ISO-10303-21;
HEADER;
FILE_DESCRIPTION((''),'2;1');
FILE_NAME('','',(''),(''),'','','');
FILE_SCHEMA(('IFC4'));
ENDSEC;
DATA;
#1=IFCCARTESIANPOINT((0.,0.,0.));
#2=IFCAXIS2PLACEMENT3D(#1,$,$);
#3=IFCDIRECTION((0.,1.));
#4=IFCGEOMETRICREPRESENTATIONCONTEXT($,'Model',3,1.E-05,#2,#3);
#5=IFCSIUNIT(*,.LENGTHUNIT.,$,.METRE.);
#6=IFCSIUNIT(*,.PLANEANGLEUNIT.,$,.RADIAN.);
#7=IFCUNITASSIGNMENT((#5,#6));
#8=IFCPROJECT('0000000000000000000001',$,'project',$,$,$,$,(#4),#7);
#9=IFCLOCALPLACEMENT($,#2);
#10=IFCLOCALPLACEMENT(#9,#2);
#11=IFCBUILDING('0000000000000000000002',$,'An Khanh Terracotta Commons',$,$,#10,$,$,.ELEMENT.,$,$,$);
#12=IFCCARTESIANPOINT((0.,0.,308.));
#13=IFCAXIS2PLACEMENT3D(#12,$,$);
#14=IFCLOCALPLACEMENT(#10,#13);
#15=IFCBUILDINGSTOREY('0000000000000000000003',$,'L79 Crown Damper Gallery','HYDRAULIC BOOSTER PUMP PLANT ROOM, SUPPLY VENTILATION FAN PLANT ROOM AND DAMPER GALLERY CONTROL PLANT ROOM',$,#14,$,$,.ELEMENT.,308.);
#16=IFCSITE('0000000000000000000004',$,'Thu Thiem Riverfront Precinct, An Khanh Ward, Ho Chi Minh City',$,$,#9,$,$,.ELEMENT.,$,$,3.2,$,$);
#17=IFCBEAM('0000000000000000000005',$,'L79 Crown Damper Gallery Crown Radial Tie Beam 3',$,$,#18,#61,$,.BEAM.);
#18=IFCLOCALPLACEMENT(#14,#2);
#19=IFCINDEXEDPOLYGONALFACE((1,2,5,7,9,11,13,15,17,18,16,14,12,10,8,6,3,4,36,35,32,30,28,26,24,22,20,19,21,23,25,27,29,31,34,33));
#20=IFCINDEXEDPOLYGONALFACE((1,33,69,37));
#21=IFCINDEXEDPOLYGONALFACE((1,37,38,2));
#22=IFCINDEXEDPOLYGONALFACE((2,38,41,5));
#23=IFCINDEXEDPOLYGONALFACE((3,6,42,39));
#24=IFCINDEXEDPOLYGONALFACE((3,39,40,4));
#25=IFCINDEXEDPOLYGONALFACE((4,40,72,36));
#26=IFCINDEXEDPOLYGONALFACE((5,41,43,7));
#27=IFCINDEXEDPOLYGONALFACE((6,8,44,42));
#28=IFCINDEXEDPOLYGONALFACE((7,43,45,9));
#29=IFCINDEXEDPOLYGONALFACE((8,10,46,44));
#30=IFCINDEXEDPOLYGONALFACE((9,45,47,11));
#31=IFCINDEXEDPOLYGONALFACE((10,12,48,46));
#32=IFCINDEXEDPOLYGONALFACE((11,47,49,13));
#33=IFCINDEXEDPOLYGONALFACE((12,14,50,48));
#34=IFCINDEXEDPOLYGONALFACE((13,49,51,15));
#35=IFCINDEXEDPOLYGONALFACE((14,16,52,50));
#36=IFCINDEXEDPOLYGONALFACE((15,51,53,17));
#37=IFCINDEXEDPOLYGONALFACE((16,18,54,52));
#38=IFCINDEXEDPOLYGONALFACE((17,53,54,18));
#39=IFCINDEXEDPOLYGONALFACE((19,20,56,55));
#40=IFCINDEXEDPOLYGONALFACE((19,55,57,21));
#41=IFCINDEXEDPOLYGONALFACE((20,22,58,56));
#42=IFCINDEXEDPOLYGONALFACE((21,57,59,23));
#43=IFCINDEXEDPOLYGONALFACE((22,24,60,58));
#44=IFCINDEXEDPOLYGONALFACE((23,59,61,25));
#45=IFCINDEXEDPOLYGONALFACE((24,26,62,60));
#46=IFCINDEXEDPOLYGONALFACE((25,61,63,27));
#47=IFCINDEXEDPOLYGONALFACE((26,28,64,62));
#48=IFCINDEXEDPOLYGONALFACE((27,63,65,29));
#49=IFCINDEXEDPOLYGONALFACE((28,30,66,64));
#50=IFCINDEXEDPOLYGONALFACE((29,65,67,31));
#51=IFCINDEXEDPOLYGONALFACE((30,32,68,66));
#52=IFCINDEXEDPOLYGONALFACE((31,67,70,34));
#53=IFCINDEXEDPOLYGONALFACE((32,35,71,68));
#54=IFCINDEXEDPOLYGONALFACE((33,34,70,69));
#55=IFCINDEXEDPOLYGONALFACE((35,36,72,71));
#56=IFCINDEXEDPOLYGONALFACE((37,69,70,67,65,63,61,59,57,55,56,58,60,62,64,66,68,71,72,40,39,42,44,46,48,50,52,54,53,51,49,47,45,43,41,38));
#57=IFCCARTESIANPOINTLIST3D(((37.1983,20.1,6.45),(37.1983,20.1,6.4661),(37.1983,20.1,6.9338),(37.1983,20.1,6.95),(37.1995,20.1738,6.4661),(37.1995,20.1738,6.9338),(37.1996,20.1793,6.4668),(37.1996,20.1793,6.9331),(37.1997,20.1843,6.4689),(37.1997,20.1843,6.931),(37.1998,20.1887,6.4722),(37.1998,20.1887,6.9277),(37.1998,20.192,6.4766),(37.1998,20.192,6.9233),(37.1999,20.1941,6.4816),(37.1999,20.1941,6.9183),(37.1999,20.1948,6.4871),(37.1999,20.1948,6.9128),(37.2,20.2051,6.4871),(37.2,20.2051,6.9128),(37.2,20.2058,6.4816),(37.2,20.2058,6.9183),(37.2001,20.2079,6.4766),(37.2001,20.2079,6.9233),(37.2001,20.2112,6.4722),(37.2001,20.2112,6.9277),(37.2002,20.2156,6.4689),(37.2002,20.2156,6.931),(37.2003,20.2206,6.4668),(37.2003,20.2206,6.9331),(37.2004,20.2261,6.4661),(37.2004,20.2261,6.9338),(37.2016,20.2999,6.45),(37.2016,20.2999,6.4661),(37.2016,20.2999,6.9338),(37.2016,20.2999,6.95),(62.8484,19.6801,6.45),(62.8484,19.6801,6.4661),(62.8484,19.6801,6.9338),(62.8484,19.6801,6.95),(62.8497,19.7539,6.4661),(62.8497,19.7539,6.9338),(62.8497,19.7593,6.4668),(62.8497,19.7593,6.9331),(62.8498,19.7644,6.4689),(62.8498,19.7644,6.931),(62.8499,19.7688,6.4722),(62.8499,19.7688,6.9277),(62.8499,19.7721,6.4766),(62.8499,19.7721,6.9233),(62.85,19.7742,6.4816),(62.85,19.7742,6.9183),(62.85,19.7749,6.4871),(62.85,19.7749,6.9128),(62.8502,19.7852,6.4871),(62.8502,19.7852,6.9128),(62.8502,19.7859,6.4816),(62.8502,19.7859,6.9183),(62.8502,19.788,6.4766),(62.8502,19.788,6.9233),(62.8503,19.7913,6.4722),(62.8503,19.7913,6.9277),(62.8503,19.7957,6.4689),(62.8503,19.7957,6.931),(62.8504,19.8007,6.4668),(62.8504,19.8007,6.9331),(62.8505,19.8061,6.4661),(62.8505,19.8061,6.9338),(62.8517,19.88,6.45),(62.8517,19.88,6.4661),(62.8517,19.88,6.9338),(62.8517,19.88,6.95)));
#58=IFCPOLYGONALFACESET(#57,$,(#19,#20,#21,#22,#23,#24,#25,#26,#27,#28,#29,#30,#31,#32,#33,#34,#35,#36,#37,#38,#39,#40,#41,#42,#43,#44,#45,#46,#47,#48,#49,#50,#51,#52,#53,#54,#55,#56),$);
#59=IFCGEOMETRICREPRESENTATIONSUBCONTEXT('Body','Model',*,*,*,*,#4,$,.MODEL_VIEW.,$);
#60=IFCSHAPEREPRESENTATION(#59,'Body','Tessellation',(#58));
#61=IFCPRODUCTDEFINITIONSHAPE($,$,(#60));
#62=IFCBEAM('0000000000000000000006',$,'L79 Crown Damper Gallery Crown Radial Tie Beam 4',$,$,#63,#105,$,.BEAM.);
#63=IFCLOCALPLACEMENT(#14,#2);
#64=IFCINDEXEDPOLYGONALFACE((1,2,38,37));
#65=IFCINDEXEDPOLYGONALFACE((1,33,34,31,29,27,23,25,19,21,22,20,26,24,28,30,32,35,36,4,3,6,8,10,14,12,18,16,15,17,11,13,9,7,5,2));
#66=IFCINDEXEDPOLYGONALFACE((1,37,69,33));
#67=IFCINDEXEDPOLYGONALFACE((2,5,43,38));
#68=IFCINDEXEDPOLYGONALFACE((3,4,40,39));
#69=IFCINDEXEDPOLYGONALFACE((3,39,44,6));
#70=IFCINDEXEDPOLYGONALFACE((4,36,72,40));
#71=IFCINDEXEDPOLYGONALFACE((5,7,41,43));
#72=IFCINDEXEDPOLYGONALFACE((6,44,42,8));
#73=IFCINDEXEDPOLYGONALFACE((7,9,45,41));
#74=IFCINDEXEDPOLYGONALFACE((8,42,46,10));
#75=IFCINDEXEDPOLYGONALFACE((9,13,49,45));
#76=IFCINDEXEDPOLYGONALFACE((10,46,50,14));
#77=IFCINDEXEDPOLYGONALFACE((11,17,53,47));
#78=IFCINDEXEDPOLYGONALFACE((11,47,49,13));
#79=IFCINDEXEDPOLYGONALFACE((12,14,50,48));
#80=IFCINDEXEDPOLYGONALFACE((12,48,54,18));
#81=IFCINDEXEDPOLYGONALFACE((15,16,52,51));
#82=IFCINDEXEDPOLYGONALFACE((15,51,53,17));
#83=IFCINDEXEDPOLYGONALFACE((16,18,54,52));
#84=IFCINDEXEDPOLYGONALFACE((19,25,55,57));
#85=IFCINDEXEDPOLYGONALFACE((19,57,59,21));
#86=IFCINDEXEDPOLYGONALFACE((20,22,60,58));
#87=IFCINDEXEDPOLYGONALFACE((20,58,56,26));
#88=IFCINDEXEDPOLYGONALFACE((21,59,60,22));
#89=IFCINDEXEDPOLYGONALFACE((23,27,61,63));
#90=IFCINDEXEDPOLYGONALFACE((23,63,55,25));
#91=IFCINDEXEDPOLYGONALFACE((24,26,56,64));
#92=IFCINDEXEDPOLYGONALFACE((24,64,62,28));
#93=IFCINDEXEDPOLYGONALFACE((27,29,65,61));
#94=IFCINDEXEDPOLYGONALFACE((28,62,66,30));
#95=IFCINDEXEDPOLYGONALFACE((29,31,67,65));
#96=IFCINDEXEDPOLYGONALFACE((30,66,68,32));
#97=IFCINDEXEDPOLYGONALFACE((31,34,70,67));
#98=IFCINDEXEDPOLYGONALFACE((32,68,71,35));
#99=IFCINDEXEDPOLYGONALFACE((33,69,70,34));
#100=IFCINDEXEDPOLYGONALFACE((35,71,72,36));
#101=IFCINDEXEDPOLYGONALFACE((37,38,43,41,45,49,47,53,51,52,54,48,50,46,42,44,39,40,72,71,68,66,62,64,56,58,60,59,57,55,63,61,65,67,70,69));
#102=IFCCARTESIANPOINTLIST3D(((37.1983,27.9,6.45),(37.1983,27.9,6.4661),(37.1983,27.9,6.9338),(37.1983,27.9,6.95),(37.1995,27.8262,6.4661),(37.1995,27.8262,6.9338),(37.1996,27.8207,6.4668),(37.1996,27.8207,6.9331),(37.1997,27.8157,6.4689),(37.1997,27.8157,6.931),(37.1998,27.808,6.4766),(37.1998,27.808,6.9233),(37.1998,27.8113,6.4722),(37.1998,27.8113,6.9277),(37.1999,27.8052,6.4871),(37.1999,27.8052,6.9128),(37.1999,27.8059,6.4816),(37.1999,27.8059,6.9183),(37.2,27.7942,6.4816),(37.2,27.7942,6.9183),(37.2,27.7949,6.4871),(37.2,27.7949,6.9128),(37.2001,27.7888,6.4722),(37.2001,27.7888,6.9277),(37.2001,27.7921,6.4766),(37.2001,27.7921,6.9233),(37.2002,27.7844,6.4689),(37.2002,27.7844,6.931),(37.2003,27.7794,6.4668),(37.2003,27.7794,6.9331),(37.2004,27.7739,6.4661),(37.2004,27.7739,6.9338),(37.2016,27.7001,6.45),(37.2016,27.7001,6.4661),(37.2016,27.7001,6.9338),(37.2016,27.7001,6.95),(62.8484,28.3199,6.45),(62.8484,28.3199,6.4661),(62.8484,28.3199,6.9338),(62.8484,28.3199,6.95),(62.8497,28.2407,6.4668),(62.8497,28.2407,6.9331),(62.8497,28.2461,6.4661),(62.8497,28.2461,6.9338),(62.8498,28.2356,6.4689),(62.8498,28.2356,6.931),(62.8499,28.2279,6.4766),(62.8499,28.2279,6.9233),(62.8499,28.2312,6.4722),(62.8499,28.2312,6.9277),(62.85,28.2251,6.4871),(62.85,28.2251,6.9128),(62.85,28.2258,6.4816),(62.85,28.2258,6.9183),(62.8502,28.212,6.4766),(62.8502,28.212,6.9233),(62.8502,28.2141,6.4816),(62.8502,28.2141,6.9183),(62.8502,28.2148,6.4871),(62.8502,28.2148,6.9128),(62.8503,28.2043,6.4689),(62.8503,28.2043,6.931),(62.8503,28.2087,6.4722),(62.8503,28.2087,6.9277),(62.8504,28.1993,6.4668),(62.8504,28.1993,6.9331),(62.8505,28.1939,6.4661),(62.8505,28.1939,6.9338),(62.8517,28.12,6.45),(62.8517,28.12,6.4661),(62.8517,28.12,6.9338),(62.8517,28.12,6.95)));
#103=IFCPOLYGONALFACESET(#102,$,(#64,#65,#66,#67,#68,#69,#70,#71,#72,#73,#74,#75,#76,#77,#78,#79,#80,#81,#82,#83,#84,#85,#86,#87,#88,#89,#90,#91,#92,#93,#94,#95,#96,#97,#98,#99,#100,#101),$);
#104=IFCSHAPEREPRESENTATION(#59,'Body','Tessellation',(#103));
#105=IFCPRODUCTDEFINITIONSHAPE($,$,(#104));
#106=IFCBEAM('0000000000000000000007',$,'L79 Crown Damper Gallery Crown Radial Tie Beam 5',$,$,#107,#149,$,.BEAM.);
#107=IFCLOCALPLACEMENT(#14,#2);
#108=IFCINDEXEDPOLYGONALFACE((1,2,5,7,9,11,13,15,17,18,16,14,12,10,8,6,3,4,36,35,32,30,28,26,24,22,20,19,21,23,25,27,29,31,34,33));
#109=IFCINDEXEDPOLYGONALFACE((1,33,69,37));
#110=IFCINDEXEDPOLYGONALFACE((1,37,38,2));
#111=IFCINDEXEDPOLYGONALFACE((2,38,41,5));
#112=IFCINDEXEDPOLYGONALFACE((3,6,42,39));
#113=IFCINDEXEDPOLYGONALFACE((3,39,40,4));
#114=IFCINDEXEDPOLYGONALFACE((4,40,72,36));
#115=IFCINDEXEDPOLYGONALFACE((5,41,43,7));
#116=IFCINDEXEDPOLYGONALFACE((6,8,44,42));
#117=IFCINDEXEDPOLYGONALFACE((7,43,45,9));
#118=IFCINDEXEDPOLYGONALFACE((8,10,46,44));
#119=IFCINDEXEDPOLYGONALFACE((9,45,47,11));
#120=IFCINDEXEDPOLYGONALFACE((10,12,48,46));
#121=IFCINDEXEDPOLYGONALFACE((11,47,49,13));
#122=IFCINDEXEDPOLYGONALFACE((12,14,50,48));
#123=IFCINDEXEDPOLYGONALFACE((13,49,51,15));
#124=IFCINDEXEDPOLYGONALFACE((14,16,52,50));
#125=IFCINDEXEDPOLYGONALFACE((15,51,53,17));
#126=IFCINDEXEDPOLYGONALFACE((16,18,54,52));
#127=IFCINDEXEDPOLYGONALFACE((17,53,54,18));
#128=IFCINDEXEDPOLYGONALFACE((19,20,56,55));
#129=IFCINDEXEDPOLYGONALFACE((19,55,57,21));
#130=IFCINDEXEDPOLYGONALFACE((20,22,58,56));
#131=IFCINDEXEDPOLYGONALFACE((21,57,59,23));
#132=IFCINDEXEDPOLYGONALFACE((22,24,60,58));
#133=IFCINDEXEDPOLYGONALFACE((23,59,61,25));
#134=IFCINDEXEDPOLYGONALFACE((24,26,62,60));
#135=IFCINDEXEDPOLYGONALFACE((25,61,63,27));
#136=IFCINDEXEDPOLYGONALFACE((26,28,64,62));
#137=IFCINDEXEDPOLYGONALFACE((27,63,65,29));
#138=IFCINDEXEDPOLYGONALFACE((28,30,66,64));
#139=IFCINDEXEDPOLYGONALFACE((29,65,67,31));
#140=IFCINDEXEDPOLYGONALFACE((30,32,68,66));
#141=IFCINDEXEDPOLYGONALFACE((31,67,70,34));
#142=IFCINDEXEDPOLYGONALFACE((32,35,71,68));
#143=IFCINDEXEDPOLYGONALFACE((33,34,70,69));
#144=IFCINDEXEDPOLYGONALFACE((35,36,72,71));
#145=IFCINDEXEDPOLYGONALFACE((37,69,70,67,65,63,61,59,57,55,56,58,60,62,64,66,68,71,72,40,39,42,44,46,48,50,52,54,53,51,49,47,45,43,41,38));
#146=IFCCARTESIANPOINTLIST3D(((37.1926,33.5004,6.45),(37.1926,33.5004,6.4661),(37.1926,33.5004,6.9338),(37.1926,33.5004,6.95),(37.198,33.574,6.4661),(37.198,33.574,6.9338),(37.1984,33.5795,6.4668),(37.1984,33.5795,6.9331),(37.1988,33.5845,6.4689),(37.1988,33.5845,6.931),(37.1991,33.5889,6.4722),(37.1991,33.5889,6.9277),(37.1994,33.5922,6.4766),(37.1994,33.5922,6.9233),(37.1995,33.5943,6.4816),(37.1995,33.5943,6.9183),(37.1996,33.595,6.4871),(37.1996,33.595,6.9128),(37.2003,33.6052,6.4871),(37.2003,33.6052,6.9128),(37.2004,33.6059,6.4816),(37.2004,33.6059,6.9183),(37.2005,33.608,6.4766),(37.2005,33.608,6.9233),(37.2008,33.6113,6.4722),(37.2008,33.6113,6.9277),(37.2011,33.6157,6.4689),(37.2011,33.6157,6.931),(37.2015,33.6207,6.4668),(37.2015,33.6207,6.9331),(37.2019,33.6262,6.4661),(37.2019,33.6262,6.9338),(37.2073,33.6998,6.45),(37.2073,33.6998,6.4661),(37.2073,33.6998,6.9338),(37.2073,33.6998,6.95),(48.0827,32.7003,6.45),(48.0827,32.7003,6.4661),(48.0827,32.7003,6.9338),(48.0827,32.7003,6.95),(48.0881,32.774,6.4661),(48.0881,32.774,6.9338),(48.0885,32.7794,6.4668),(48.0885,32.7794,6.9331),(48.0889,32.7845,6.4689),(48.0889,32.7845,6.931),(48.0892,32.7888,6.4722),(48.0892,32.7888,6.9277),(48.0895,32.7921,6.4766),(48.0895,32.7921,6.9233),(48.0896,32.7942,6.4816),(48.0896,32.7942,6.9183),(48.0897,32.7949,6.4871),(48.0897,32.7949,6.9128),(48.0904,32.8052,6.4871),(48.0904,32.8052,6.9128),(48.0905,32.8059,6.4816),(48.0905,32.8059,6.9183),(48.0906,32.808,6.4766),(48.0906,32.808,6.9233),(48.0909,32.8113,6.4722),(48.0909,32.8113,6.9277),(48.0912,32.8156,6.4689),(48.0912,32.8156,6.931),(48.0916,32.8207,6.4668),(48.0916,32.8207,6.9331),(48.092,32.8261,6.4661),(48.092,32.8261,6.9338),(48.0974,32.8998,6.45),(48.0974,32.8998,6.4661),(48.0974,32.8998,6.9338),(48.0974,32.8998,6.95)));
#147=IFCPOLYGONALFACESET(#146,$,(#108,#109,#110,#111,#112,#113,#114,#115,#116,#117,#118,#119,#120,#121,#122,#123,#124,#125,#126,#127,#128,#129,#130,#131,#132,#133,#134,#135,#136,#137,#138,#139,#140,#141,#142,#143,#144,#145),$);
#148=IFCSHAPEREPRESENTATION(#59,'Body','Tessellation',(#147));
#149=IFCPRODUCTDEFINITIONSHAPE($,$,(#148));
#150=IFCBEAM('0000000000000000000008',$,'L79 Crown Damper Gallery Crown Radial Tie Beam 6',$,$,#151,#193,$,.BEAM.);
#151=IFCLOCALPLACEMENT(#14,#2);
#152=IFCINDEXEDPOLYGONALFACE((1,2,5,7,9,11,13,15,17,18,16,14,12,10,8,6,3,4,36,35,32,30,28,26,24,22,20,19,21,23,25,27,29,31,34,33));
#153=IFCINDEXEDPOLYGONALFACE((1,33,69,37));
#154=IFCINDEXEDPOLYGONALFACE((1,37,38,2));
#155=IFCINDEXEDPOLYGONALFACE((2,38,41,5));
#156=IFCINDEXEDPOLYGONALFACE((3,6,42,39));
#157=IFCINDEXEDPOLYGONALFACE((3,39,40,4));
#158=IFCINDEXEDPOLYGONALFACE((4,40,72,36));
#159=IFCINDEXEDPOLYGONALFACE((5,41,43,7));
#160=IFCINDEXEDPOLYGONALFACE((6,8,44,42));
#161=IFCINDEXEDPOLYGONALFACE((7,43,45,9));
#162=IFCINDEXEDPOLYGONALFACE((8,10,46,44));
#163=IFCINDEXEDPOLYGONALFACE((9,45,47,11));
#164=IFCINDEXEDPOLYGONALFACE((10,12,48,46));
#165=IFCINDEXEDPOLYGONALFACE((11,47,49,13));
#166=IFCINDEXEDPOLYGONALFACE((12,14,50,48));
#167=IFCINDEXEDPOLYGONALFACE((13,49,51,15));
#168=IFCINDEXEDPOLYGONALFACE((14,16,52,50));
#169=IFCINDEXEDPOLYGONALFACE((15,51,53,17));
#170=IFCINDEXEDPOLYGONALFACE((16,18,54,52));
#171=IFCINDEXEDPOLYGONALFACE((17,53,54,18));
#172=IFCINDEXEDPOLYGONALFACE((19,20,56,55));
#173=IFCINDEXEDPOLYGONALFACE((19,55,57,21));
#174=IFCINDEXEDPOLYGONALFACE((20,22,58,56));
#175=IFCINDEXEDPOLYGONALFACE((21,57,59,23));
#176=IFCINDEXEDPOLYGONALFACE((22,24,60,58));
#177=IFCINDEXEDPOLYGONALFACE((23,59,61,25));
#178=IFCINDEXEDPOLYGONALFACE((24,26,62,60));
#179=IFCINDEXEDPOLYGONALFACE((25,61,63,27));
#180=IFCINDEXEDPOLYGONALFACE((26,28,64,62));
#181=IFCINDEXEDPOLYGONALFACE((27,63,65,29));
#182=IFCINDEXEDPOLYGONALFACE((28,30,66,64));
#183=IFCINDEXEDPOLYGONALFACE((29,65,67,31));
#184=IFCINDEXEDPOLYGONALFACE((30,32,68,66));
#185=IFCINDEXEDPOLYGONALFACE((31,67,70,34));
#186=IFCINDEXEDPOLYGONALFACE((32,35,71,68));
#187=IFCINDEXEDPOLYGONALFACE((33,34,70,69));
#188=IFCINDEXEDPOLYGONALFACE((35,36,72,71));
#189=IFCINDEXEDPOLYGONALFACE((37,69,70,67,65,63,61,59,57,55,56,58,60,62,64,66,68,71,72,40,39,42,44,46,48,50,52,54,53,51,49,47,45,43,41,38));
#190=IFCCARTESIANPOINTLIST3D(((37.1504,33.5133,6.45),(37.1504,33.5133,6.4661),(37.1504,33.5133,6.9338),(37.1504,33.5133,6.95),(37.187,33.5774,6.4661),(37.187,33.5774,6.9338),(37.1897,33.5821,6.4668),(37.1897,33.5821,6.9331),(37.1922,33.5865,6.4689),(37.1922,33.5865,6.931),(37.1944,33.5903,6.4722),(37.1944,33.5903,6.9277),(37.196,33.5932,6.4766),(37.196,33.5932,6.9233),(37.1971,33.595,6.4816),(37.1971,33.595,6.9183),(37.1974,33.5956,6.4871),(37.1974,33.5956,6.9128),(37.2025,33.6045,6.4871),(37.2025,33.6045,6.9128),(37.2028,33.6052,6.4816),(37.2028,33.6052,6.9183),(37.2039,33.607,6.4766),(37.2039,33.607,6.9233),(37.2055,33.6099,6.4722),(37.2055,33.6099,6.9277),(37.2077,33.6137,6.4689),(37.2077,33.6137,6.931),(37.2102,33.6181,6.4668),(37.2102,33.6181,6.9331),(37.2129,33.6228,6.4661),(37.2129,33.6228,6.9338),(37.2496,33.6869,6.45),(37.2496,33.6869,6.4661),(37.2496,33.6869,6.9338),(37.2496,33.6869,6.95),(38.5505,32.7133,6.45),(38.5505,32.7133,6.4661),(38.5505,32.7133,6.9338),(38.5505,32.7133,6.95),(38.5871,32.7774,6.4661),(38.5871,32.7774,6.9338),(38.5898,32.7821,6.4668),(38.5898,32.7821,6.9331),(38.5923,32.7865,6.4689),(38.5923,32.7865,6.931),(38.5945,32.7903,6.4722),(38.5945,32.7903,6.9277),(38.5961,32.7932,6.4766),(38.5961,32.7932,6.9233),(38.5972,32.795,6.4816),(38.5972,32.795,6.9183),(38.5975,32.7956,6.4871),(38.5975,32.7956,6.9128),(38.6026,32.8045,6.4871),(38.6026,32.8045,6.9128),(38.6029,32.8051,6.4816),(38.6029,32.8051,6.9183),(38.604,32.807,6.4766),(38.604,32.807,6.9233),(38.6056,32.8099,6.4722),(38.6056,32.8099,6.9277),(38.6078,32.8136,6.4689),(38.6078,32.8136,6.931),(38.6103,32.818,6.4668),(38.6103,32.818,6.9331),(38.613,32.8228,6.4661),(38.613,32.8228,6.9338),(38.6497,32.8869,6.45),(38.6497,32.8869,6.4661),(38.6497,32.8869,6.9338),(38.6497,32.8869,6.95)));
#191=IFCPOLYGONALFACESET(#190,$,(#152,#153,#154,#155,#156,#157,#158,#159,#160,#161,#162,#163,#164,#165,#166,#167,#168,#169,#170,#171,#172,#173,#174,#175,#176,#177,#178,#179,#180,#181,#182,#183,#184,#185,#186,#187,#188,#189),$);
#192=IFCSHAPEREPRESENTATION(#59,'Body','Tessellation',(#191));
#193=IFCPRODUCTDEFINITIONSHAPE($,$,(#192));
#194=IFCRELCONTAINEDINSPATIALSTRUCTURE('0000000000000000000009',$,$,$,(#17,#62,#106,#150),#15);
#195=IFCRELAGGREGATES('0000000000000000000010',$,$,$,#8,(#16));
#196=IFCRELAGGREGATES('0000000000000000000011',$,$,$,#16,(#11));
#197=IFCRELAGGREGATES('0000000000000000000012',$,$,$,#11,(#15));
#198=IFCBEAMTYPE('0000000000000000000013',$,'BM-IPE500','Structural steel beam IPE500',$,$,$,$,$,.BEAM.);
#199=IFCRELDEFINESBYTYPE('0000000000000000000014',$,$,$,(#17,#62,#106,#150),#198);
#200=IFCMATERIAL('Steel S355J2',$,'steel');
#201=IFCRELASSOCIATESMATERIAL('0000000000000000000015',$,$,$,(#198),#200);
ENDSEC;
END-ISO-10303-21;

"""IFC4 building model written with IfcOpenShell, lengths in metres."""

from ifc_helpers import new_model, si_unit, direction, frame, origin, origin_2d, place, context, subcontext, project, spatial, i_section, extrude, material, material_profile, profile_set, type_object, element, save


model = new_model("IFC4")

# Units and contexts
model_context = context("Model", 3, precision=1e-05, world=origin(), true_north=direction((0.0, 1.0)))
body_context = subcontext(model_context, "Body", "Model", "MODEL_VIEW")
ifc_project = project(units=[si_unit("LENGTHUNIT", "METRE"), si_unit("PLANEANGLEUNIT", "RADIAN")], contexts=[model_context])

# Site, building, storey
site_placement = place(None, origin())
site = spatial("IfcSite", under=ifc_project, at=site_placement, Name="Thu Thiem Riverfront Precinct, An Khanh Ward, Ho Chi Minh City", CompositionType="ELEMENT", RefElevation=3.2)
building_placement = place(site_placement, origin())
building = spatial("IfcBuilding", under=site, at=building_placement, Name="An Khanh Terracotta Commons", CompositionType="ELEMENT")
storey_placement = place(building_placement, frame((0.0, 0.0, 308.0)))
storey = spatial("IfcBuildingStorey", under=building, at=storey_placement, Name="L79 Crown Damper Gallery", Description="HYDRAULIC BOOSTER PUMP PLANT ROOM, SUPPLY VENTILATION FAN PLANT ROOM AND DAMPER GALLERY CONTROL PLANT ROOM", CompositionType="ELEMENT", Elevation=308.0)

# Beams
ifc_material_1 = material(Name="Steel S355J2", Category="steel")
ifc_material_profile_1 = material_profile(ifc_material_1, i_section(OverallWidth=0.2, OverallDepth=0.5, WebThickness=0.0103, FlangeThickness=0.0161, FilletRadius=0.021, at=origin_2d()), Name="IPE500")
ifc_profile_set_1 = profile_set([ifc_material_profile_1], Name="Steel S355J2")
beam_type_1 = type_object("IfcBeamType", Name="BM-IPE500", Description="Structural steel beam IPE500", PredefinedType="BEAM", material=ifc_profile_set_1)
for number, where, z_axis, x_axis, name in (
    (1, (37.2, 20.2, 6.7), (0.999866, -0.016369, 0.0), (0.016369, 0.999866, 0.0), "L79 Crown Damper Gallery Crown Radial Tie Beam 3"),
    (2, (37.2, 27.8, 6.7), (0.999866, 0.016369, 0.0), (-0.016369, 0.999866, 0.0), "L79 Crown Damper Gallery Crown Radial Tie Beam 4"),
):
    element("IfcBeam", number, at=place(storey_placement, frame(where, z_axis=z_axis, x_axis=x_axis)), inside=storey, type_object=beam_type_1, Name=name, PredefinedType="BEAM", context=body_context, shape_type="SweptSolid", body=[
        extrude(i_section(OverallWidth=0.2, OverallDepth=0.5, WebThickness=0.0103, FlangeThickness=0.0161, FilletRadius=0.021, at=origin_2d()), origin(), (0.0, 0.0, 1.0), 25.6536),
    ])
beam_1_placement = place(storey_placement, frame((37.2, 33.6001, 6.7), z_axis=(0.997312, -0.073268, 0.0), x_axis=(0.073268, 0.997312, 0.0)))
element("IfcBeam", 3, at=beam_1_placement, inside=storey, type_object=beam_type_1, Name="L79 Crown Damper Gallery Crown Radial Tie Beam 5", PredefinedType="BEAM", context=body_context, shape_type="SweptSolid", body=[
    extrude(i_section(OverallWidth=0.2, OverallDepth=0.5, WebThickness=0.0103, FlangeThickness=0.0161, FilletRadius=0.021, at=origin_2d()), origin(), (0.0, 0.0, 1.0), 10.9194),
])
beam_2_placement = place(storey_placement, frame((37.2, 33.6001, 6.7), z_axis=(0.868252, -0.496123, 0.0), x_axis=(0.496123, 0.868252, 0.0)))
element("IfcBeam", 4, at=beam_2_placement, inside=storey, type_object=beam_type_1, Name="L79 Crown Damper Gallery Crown Radial Tie Beam 6", PredefinedType="BEAM", context=body_context, shape_type="SweptSolid", body=[
    extrude(i_section(OverallWidth=0.2, OverallDepth=0.5, WebThickness=0.0103, FlangeThickness=0.0161, FilletRadius=0.021, at=origin_2d()), origin(), (0.0, 0.0, 1.0), 1.6125),
])

save(model, "model.ifc")
